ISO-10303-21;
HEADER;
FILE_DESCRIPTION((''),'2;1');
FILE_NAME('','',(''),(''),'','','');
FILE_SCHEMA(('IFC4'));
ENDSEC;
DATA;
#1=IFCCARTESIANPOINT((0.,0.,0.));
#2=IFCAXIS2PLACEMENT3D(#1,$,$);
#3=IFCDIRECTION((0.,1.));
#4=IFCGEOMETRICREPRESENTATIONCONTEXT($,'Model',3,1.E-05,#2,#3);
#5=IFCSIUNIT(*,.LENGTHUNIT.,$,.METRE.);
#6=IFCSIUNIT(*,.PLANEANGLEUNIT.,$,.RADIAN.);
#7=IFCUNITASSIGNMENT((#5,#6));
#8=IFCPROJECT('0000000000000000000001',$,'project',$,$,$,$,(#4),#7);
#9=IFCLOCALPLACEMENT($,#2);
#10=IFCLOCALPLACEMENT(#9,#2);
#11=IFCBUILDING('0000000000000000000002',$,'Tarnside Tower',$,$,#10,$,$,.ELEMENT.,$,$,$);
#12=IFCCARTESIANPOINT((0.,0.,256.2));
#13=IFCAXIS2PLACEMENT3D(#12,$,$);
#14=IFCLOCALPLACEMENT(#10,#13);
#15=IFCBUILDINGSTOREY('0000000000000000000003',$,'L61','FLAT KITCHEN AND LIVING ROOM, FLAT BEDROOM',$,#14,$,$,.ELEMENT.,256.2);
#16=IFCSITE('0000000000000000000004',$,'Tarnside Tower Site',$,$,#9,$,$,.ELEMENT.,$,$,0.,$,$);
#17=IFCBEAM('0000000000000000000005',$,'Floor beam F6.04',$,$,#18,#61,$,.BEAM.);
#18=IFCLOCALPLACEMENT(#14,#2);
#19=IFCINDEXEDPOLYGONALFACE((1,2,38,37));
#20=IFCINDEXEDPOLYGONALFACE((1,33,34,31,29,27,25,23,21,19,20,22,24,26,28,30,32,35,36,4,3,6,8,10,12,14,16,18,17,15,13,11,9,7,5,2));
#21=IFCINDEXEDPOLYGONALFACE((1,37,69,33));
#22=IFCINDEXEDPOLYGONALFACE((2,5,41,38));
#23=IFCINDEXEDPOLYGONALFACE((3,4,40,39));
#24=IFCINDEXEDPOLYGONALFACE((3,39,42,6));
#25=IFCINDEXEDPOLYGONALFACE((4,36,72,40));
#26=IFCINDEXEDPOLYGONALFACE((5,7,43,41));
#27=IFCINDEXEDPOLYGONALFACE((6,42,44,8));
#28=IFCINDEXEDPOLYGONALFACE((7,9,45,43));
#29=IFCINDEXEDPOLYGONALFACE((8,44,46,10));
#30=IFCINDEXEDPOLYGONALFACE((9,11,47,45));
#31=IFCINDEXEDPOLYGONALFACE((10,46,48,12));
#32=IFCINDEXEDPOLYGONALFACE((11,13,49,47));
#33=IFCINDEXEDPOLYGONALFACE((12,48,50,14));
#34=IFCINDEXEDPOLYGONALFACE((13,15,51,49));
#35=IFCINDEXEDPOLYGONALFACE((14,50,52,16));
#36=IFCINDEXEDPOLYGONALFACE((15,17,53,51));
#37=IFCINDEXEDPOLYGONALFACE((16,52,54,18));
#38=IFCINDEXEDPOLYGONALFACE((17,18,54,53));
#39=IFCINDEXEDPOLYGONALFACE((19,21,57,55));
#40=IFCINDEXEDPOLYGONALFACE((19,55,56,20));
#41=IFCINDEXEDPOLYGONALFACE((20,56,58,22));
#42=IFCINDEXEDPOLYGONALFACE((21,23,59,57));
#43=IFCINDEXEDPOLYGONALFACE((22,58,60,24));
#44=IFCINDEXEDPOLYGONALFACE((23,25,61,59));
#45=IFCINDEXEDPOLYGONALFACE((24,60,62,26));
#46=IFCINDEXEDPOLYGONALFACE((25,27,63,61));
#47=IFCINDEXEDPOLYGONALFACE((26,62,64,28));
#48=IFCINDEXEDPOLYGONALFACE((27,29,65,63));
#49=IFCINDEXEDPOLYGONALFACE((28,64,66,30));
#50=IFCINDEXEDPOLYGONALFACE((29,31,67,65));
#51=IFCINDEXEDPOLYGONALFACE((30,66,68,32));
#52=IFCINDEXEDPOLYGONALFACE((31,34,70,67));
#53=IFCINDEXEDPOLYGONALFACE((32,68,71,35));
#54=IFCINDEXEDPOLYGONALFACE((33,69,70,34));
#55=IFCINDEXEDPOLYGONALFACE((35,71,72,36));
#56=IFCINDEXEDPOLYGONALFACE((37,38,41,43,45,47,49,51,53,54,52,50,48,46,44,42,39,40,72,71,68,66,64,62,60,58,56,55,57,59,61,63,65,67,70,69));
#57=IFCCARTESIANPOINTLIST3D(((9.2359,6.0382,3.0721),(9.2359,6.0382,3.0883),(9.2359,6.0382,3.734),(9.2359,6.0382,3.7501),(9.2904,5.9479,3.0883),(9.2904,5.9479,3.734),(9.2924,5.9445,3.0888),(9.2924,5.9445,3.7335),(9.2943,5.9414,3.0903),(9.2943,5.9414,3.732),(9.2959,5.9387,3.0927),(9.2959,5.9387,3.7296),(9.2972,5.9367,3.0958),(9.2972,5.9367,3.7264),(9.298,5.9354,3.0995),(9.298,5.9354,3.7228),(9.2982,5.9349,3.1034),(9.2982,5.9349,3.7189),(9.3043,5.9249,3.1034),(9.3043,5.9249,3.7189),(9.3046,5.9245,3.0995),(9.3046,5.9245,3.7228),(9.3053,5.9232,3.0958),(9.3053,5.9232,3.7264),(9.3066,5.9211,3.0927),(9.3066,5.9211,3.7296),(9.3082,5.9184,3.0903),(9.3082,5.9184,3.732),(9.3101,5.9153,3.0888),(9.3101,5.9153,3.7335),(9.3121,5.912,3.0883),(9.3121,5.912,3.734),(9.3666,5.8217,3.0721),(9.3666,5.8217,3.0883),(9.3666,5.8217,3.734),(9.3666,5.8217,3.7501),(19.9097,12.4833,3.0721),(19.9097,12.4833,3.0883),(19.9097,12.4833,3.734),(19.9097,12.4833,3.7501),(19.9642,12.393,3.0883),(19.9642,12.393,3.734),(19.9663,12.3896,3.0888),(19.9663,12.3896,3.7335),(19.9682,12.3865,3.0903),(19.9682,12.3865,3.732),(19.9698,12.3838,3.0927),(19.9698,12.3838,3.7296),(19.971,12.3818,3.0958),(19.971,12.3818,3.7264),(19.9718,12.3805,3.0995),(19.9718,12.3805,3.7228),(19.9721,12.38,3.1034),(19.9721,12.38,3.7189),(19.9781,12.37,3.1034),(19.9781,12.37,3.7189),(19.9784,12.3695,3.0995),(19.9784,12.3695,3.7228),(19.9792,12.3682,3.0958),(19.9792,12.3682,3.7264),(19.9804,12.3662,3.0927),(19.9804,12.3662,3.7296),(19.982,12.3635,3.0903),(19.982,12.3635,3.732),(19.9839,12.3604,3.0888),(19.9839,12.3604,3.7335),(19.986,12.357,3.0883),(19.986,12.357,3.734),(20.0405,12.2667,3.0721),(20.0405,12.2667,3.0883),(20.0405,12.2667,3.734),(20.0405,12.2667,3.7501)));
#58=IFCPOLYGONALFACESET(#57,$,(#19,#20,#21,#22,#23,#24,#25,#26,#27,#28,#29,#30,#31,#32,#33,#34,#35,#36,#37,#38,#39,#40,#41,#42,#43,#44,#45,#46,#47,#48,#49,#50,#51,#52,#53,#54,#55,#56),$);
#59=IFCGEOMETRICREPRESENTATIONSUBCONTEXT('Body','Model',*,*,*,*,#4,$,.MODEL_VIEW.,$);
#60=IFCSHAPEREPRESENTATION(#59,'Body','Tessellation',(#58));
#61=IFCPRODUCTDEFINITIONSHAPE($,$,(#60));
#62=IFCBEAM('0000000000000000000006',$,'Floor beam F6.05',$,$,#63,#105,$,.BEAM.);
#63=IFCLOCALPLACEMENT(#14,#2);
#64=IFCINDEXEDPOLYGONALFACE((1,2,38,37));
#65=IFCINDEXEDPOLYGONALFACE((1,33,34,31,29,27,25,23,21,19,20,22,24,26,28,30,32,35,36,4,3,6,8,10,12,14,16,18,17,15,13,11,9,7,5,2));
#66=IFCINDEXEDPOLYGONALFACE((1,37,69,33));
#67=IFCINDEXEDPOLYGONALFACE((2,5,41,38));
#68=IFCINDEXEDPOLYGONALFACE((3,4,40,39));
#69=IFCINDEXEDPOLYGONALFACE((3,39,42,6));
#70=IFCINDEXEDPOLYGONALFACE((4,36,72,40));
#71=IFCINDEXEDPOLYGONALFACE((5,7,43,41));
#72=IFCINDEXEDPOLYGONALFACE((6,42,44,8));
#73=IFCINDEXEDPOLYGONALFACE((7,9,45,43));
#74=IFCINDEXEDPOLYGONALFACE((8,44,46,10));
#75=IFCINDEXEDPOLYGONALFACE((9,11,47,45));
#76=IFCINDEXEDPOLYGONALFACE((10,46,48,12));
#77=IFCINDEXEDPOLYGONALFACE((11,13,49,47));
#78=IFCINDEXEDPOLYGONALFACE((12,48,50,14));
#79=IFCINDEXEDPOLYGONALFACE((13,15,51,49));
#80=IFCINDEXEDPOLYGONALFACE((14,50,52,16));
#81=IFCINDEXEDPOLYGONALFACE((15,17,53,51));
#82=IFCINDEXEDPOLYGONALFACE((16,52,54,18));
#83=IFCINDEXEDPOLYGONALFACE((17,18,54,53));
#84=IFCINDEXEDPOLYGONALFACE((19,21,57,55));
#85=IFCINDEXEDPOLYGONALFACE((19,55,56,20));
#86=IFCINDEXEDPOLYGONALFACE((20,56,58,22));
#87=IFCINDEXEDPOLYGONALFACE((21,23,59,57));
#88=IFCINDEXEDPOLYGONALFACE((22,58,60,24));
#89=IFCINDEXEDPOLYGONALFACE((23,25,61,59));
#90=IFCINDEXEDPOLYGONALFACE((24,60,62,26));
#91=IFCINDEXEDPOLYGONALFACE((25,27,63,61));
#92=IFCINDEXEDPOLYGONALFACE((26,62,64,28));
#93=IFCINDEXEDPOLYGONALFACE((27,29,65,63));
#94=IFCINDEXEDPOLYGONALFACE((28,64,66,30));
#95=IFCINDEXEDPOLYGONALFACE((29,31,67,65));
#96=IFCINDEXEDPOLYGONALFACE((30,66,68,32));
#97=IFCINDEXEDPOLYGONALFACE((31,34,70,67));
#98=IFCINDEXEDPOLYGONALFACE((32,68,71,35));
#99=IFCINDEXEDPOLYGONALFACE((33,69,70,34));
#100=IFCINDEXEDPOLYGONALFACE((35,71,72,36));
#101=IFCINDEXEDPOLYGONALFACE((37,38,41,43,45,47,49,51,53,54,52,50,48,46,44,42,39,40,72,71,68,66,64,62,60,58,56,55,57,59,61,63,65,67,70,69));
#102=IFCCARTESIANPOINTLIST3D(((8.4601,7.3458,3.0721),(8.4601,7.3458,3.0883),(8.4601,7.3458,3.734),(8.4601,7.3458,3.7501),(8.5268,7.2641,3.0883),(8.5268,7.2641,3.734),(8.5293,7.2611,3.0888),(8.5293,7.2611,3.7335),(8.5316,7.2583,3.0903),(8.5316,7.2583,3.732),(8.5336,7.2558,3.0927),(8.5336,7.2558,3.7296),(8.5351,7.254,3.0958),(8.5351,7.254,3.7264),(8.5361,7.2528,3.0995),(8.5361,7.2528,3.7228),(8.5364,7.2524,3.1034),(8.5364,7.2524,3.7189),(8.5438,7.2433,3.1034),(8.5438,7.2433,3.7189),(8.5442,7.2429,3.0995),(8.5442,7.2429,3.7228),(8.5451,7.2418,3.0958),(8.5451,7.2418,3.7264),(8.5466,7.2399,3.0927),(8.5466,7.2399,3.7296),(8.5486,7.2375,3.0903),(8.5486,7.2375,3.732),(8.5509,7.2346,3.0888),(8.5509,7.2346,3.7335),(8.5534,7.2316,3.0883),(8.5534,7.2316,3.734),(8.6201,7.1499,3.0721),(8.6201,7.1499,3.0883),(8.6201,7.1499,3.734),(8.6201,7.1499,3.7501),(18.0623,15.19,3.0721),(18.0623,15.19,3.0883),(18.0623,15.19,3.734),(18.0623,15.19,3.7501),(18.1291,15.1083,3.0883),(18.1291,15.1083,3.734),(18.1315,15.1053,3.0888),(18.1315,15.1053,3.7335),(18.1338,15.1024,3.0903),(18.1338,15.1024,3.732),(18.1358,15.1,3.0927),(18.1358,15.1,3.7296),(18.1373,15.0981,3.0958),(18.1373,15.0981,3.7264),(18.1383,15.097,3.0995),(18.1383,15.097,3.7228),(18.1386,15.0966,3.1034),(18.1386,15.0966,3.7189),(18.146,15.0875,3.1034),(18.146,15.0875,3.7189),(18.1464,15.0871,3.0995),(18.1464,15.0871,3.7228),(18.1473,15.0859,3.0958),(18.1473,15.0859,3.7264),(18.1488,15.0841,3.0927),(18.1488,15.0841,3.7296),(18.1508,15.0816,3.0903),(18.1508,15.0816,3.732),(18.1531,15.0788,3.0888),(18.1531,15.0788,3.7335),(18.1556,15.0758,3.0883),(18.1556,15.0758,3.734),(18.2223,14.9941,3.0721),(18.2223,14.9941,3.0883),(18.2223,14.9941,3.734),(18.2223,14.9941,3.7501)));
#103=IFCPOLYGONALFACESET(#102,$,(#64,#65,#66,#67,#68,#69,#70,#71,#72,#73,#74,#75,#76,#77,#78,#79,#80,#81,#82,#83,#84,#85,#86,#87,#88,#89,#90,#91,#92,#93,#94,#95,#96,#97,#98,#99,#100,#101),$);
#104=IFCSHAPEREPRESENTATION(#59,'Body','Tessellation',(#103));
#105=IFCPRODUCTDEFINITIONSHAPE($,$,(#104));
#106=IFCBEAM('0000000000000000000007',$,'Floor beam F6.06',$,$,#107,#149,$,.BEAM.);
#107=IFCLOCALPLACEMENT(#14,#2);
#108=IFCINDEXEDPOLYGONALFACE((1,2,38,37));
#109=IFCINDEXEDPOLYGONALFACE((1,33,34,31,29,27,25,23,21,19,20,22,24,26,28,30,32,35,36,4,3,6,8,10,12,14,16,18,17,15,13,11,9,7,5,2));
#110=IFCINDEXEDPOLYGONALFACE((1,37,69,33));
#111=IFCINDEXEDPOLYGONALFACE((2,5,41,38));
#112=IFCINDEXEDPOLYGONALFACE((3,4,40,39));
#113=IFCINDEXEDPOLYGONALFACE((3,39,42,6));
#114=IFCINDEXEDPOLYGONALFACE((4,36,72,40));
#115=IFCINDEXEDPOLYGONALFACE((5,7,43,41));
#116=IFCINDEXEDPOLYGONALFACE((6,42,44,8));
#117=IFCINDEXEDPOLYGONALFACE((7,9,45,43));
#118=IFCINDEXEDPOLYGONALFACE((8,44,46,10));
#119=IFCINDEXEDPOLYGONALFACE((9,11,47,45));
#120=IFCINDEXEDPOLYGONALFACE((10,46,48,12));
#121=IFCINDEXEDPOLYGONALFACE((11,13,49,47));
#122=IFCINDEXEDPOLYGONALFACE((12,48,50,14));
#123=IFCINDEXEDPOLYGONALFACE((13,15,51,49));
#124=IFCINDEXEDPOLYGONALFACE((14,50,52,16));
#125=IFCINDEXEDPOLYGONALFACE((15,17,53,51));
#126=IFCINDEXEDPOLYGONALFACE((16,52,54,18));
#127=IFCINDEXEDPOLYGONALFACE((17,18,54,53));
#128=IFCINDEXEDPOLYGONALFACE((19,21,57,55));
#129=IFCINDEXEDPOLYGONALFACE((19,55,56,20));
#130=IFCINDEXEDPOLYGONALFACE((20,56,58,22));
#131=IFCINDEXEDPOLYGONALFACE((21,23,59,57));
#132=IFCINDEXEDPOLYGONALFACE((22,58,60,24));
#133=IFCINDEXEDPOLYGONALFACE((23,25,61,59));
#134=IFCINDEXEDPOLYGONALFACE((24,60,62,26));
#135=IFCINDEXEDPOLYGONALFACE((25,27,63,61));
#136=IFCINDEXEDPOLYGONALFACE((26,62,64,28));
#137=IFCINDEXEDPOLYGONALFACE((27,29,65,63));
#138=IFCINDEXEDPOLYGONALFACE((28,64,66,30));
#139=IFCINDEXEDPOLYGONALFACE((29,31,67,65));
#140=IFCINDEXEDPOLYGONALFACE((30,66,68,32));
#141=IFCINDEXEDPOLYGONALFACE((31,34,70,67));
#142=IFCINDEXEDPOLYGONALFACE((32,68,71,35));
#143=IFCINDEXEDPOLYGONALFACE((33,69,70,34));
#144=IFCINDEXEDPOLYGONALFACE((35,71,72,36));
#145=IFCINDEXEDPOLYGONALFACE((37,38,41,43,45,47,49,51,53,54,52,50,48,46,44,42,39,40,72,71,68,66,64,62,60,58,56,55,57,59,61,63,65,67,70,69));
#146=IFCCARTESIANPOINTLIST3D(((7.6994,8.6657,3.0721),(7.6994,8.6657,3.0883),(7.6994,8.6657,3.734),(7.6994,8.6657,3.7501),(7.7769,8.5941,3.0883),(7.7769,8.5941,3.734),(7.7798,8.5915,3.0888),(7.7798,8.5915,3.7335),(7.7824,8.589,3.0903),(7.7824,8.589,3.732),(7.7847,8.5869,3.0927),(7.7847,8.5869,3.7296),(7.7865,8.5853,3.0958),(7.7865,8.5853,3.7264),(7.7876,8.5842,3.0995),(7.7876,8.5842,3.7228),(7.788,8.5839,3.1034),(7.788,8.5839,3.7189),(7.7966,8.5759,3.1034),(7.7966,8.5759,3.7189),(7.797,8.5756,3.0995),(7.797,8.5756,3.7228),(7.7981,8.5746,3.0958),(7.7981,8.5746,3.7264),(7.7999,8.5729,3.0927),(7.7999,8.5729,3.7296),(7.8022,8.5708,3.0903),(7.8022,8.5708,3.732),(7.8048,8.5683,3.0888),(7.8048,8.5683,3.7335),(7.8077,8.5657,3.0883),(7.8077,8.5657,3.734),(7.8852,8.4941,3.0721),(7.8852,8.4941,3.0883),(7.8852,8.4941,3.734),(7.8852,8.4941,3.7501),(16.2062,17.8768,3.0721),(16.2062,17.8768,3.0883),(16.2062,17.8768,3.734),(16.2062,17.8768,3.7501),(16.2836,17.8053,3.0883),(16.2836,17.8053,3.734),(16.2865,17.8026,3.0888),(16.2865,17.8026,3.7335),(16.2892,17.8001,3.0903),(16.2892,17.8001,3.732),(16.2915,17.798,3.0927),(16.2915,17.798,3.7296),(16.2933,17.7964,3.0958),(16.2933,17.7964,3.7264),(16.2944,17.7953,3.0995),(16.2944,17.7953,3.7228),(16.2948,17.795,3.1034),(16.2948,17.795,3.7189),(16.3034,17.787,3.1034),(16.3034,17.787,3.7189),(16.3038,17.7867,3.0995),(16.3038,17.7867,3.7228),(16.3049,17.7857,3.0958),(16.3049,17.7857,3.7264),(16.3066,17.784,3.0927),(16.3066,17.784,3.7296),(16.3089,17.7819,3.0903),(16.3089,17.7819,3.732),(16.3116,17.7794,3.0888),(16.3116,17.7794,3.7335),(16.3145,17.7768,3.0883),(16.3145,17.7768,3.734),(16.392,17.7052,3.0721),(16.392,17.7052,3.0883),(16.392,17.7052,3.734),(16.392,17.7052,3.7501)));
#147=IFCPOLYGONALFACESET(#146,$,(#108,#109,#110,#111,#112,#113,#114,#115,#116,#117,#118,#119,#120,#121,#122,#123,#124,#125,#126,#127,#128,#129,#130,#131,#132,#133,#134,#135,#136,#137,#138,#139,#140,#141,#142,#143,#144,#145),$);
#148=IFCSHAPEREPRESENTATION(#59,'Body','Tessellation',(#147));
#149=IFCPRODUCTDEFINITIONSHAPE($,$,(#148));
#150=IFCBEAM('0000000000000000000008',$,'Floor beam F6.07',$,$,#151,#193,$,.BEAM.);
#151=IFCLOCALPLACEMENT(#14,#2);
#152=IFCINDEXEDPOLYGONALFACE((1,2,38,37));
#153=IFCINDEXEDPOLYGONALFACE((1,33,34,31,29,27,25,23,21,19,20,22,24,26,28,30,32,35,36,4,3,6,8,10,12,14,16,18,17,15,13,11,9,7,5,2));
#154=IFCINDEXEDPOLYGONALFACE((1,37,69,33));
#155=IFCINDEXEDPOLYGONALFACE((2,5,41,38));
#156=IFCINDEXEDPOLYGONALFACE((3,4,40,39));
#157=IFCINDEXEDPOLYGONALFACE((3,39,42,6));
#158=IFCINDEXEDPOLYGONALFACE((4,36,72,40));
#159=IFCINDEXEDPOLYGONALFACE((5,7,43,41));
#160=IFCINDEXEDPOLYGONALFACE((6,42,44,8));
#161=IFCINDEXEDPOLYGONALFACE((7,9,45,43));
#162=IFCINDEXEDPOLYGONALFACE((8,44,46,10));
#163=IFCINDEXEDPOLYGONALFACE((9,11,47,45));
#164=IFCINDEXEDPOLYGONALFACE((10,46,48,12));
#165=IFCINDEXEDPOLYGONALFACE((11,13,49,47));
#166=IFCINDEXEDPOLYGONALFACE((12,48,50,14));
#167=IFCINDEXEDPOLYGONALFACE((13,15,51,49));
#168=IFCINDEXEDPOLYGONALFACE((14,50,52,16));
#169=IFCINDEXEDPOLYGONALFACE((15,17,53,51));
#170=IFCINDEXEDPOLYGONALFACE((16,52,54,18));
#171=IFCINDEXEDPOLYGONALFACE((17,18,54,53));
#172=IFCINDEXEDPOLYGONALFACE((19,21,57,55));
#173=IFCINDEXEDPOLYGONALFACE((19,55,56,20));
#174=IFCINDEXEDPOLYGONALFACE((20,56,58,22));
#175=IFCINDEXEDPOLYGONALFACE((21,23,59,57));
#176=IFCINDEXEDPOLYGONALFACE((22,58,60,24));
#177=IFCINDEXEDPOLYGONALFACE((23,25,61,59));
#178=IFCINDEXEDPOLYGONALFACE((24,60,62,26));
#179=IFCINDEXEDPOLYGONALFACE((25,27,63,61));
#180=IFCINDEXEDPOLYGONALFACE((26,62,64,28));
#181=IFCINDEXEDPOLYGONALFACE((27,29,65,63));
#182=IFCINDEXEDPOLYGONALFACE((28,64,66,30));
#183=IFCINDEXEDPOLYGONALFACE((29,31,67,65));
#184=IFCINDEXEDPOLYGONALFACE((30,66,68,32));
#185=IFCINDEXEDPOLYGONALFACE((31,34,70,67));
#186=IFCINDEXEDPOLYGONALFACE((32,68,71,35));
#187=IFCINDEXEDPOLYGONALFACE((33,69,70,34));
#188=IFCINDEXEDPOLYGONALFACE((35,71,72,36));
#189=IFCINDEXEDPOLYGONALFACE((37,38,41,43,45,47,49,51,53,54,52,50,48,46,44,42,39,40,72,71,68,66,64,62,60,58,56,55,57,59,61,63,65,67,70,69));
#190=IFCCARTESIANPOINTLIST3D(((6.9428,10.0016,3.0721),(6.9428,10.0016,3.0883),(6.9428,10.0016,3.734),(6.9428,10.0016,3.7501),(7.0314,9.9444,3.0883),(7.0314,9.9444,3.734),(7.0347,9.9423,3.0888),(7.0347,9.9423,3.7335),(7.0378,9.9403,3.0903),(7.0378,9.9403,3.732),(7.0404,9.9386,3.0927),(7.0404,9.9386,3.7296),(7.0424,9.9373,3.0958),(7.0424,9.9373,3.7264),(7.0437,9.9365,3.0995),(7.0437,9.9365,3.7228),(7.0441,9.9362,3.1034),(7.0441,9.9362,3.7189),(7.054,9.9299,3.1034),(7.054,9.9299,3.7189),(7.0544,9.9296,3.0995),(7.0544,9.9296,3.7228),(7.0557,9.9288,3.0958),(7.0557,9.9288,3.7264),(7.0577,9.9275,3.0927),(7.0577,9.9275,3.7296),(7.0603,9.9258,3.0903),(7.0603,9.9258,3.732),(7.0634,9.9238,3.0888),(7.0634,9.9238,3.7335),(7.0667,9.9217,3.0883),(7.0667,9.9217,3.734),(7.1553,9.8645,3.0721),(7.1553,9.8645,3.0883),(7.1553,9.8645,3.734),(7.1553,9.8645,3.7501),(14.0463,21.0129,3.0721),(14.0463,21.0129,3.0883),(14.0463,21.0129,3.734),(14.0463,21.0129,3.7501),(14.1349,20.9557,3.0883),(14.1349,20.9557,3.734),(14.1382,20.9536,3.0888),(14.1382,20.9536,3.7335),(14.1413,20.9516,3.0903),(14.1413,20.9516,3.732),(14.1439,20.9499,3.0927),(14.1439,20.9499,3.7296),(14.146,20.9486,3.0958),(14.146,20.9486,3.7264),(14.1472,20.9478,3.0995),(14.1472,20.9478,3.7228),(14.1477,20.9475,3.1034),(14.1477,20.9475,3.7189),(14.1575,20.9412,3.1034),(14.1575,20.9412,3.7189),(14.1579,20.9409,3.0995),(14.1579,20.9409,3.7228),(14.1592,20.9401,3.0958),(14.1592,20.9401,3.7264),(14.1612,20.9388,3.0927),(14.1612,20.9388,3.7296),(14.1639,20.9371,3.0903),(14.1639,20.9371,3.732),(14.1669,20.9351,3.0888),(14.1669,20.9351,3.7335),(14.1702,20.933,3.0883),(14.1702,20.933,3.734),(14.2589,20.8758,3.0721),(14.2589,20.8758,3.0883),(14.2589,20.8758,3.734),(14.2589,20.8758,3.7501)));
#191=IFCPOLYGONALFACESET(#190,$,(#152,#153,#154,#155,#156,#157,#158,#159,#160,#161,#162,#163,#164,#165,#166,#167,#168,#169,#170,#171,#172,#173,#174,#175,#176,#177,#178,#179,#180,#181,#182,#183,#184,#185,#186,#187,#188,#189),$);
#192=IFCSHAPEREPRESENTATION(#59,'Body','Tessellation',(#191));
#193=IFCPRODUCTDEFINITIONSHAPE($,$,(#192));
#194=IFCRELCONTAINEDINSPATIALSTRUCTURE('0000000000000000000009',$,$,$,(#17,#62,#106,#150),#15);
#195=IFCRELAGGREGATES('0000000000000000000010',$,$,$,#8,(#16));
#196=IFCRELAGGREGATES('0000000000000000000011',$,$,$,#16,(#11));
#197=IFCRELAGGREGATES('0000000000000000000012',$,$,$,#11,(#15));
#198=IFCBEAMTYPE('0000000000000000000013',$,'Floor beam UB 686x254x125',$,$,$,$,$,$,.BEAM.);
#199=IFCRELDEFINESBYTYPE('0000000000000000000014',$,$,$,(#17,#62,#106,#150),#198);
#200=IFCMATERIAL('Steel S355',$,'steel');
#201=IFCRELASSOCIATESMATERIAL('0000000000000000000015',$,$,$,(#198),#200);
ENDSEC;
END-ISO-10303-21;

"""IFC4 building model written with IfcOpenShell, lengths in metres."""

from ifc_helpers import new_model, si_unit, direction, frame, origin, origin_2d, place, context, subcontext, project, spatial, i_section, extrude, material, material_profile, profile_set, type_object, element, save


model = new_model("IFC4")

# Units and contexts
model_context = context("Model", 3, precision=1e-05, world=origin(), true_north=direction((0.0, 1.0)))
body_context = subcontext(model_context, "Body", "Model", "MODEL_VIEW")
ifc_project = project(units=[si_unit("LENGTHUNIT", "METRE"), si_unit("PLANEANGLEUNIT", "RADIAN")], contexts=[model_context])

# Site, building, storey
site_placement = place(None, origin())
site = spatial("IfcSite", under=ifc_project, at=site_placement, Name="Tarnside Tower Site", CompositionType="ELEMENT", RefElevation=0.0)
building_placement = place(site_placement, origin())
building = spatial("IfcBuilding", under=site, at=building_placement, Name="Tarnside Tower", CompositionType="ELEMENT")
storey_placement = place(building_placement, frame((0.0, 0.0, 256.2)))
storey = spatial("IfcBuildingStorey", under=building, at=storey_placement, Name="L61", Description="FLAT KITCHEN AND LIVING ROOM, FLAT BEDROOM", CompositionType="ELEMENT", Elevation=256.2)

# Beams
ifc_material_1 = material(Name="Steel S355", Category="steel")
ifc_material_profile_1 = material_profile(ifc_material_1, i_section(OverallWidth=0.2529, OverallDepth=0.678, WebThickness=0.0117, FlangeThickness=0.0161, FilletRadius=0.0151, at=origin_2d()), Name="UB 686x254x125")
ifc_profile_set_1 = profile_set([ifc_material_profile_1], Name="Steel S355")
beam_type_1 = type_object("IfcBeamType", Name="Floor beam UB 686x254x125", PredefinedType="BEAM", material=ifc_profile_set_1)
beam_1_placement = place(storey_placement, frame((19.9751, 12.375, 3.4111), z_axis=(-0.856047, -0.516898, 0.0), x_axis=(0.516898, -0.856047, 0.0)))
element("IfcBeam", 1, at=beam_1_placement, inside=storey, type_object=beam_type_1, Name="Floor beam F6.04", PredefinedType="BEAM", context=body_context, shape_type="SweptSolid", body=[
    extrude(i_section(OverallWidth=0.2529, OverallDepth=0.678, WebThickness=0.0117, FlangeThickness=0.0161, FilletRadius=0.0151, at=origin_2d()), origin(), (0.0, 0.0, 1.0), 12.4688),
])
beam_2_placement = place(storey_placement, frame((18.1423, 15.092, 3.4111), z_axis=(-0.774439, -0.632649, 0.0), x_axis=(0.632649, -0.774439, 0.0)))
element("IfcBeam", 2, at=beam_2_placement, inside=storey, type_object=beam_type_1, Name="Floor beam F6.05", PredefinedType="BEAM", context=body_context, shape_type="SweptSolid", body=[
    extrude(i_section(OverallWidth=0.2529, OverallDepth=0.678, WebThickness=0.0117, FlangeThickness=0.0161, FilletRadius=0.0151, at=origin_2d()), origin(), (0.0, 0.0, 1.0), 12.3989),
])
beam_3_placement = place(storey_placement, frame((16.2991, 17.791, 3.4111), z_axis=(-0.678461, -0.734636, 0.0), x_axis=(0.734636, -0.678461, 0.0)))
element("IfcBeam", 3, at=beam_3_placement, inside=storey, type_object=beam_type_1, Name="Floor beam F6.06", PredefinedType="BEAM", context=body_context, shape_type="SweptSolid", body=[
    extrude(i_section(OverallWidth=0.2529, OverallDepth=0.678, WebThickness=0.0117, FlangeThickness=0.0161, FilletRadius=0.0151, at=origin_2d()), origin(), (0.0, 0.0, 1.0), 12.5383),
])
beam_4_placement = place(storey_placement, frame((14.1526, 20.9443, 3.4111), z_axis=(-0.5421, -0.840314, 0.0), x_axis=(0.840314, -0.5421, 0.0)))
element("IfcBeam", 4, at=beam_4_placement, inside=storey, type_object=beam_type_1, Name="Floor beam F6.07", PredefinedType="BEAM", context=body_context, shape_type="SweptSolid", body=[
    extrude(i_section(OverallWidth=0.2529, OverallDepth=0.678, WebThickness=0.0117, FlangeThickness=0.0161, FilletRadius=0.0151, at=origin_2d()), origin(), (0.0, 0.0, 1.0), 13.1038),
])

save(model, "model.ifc")
